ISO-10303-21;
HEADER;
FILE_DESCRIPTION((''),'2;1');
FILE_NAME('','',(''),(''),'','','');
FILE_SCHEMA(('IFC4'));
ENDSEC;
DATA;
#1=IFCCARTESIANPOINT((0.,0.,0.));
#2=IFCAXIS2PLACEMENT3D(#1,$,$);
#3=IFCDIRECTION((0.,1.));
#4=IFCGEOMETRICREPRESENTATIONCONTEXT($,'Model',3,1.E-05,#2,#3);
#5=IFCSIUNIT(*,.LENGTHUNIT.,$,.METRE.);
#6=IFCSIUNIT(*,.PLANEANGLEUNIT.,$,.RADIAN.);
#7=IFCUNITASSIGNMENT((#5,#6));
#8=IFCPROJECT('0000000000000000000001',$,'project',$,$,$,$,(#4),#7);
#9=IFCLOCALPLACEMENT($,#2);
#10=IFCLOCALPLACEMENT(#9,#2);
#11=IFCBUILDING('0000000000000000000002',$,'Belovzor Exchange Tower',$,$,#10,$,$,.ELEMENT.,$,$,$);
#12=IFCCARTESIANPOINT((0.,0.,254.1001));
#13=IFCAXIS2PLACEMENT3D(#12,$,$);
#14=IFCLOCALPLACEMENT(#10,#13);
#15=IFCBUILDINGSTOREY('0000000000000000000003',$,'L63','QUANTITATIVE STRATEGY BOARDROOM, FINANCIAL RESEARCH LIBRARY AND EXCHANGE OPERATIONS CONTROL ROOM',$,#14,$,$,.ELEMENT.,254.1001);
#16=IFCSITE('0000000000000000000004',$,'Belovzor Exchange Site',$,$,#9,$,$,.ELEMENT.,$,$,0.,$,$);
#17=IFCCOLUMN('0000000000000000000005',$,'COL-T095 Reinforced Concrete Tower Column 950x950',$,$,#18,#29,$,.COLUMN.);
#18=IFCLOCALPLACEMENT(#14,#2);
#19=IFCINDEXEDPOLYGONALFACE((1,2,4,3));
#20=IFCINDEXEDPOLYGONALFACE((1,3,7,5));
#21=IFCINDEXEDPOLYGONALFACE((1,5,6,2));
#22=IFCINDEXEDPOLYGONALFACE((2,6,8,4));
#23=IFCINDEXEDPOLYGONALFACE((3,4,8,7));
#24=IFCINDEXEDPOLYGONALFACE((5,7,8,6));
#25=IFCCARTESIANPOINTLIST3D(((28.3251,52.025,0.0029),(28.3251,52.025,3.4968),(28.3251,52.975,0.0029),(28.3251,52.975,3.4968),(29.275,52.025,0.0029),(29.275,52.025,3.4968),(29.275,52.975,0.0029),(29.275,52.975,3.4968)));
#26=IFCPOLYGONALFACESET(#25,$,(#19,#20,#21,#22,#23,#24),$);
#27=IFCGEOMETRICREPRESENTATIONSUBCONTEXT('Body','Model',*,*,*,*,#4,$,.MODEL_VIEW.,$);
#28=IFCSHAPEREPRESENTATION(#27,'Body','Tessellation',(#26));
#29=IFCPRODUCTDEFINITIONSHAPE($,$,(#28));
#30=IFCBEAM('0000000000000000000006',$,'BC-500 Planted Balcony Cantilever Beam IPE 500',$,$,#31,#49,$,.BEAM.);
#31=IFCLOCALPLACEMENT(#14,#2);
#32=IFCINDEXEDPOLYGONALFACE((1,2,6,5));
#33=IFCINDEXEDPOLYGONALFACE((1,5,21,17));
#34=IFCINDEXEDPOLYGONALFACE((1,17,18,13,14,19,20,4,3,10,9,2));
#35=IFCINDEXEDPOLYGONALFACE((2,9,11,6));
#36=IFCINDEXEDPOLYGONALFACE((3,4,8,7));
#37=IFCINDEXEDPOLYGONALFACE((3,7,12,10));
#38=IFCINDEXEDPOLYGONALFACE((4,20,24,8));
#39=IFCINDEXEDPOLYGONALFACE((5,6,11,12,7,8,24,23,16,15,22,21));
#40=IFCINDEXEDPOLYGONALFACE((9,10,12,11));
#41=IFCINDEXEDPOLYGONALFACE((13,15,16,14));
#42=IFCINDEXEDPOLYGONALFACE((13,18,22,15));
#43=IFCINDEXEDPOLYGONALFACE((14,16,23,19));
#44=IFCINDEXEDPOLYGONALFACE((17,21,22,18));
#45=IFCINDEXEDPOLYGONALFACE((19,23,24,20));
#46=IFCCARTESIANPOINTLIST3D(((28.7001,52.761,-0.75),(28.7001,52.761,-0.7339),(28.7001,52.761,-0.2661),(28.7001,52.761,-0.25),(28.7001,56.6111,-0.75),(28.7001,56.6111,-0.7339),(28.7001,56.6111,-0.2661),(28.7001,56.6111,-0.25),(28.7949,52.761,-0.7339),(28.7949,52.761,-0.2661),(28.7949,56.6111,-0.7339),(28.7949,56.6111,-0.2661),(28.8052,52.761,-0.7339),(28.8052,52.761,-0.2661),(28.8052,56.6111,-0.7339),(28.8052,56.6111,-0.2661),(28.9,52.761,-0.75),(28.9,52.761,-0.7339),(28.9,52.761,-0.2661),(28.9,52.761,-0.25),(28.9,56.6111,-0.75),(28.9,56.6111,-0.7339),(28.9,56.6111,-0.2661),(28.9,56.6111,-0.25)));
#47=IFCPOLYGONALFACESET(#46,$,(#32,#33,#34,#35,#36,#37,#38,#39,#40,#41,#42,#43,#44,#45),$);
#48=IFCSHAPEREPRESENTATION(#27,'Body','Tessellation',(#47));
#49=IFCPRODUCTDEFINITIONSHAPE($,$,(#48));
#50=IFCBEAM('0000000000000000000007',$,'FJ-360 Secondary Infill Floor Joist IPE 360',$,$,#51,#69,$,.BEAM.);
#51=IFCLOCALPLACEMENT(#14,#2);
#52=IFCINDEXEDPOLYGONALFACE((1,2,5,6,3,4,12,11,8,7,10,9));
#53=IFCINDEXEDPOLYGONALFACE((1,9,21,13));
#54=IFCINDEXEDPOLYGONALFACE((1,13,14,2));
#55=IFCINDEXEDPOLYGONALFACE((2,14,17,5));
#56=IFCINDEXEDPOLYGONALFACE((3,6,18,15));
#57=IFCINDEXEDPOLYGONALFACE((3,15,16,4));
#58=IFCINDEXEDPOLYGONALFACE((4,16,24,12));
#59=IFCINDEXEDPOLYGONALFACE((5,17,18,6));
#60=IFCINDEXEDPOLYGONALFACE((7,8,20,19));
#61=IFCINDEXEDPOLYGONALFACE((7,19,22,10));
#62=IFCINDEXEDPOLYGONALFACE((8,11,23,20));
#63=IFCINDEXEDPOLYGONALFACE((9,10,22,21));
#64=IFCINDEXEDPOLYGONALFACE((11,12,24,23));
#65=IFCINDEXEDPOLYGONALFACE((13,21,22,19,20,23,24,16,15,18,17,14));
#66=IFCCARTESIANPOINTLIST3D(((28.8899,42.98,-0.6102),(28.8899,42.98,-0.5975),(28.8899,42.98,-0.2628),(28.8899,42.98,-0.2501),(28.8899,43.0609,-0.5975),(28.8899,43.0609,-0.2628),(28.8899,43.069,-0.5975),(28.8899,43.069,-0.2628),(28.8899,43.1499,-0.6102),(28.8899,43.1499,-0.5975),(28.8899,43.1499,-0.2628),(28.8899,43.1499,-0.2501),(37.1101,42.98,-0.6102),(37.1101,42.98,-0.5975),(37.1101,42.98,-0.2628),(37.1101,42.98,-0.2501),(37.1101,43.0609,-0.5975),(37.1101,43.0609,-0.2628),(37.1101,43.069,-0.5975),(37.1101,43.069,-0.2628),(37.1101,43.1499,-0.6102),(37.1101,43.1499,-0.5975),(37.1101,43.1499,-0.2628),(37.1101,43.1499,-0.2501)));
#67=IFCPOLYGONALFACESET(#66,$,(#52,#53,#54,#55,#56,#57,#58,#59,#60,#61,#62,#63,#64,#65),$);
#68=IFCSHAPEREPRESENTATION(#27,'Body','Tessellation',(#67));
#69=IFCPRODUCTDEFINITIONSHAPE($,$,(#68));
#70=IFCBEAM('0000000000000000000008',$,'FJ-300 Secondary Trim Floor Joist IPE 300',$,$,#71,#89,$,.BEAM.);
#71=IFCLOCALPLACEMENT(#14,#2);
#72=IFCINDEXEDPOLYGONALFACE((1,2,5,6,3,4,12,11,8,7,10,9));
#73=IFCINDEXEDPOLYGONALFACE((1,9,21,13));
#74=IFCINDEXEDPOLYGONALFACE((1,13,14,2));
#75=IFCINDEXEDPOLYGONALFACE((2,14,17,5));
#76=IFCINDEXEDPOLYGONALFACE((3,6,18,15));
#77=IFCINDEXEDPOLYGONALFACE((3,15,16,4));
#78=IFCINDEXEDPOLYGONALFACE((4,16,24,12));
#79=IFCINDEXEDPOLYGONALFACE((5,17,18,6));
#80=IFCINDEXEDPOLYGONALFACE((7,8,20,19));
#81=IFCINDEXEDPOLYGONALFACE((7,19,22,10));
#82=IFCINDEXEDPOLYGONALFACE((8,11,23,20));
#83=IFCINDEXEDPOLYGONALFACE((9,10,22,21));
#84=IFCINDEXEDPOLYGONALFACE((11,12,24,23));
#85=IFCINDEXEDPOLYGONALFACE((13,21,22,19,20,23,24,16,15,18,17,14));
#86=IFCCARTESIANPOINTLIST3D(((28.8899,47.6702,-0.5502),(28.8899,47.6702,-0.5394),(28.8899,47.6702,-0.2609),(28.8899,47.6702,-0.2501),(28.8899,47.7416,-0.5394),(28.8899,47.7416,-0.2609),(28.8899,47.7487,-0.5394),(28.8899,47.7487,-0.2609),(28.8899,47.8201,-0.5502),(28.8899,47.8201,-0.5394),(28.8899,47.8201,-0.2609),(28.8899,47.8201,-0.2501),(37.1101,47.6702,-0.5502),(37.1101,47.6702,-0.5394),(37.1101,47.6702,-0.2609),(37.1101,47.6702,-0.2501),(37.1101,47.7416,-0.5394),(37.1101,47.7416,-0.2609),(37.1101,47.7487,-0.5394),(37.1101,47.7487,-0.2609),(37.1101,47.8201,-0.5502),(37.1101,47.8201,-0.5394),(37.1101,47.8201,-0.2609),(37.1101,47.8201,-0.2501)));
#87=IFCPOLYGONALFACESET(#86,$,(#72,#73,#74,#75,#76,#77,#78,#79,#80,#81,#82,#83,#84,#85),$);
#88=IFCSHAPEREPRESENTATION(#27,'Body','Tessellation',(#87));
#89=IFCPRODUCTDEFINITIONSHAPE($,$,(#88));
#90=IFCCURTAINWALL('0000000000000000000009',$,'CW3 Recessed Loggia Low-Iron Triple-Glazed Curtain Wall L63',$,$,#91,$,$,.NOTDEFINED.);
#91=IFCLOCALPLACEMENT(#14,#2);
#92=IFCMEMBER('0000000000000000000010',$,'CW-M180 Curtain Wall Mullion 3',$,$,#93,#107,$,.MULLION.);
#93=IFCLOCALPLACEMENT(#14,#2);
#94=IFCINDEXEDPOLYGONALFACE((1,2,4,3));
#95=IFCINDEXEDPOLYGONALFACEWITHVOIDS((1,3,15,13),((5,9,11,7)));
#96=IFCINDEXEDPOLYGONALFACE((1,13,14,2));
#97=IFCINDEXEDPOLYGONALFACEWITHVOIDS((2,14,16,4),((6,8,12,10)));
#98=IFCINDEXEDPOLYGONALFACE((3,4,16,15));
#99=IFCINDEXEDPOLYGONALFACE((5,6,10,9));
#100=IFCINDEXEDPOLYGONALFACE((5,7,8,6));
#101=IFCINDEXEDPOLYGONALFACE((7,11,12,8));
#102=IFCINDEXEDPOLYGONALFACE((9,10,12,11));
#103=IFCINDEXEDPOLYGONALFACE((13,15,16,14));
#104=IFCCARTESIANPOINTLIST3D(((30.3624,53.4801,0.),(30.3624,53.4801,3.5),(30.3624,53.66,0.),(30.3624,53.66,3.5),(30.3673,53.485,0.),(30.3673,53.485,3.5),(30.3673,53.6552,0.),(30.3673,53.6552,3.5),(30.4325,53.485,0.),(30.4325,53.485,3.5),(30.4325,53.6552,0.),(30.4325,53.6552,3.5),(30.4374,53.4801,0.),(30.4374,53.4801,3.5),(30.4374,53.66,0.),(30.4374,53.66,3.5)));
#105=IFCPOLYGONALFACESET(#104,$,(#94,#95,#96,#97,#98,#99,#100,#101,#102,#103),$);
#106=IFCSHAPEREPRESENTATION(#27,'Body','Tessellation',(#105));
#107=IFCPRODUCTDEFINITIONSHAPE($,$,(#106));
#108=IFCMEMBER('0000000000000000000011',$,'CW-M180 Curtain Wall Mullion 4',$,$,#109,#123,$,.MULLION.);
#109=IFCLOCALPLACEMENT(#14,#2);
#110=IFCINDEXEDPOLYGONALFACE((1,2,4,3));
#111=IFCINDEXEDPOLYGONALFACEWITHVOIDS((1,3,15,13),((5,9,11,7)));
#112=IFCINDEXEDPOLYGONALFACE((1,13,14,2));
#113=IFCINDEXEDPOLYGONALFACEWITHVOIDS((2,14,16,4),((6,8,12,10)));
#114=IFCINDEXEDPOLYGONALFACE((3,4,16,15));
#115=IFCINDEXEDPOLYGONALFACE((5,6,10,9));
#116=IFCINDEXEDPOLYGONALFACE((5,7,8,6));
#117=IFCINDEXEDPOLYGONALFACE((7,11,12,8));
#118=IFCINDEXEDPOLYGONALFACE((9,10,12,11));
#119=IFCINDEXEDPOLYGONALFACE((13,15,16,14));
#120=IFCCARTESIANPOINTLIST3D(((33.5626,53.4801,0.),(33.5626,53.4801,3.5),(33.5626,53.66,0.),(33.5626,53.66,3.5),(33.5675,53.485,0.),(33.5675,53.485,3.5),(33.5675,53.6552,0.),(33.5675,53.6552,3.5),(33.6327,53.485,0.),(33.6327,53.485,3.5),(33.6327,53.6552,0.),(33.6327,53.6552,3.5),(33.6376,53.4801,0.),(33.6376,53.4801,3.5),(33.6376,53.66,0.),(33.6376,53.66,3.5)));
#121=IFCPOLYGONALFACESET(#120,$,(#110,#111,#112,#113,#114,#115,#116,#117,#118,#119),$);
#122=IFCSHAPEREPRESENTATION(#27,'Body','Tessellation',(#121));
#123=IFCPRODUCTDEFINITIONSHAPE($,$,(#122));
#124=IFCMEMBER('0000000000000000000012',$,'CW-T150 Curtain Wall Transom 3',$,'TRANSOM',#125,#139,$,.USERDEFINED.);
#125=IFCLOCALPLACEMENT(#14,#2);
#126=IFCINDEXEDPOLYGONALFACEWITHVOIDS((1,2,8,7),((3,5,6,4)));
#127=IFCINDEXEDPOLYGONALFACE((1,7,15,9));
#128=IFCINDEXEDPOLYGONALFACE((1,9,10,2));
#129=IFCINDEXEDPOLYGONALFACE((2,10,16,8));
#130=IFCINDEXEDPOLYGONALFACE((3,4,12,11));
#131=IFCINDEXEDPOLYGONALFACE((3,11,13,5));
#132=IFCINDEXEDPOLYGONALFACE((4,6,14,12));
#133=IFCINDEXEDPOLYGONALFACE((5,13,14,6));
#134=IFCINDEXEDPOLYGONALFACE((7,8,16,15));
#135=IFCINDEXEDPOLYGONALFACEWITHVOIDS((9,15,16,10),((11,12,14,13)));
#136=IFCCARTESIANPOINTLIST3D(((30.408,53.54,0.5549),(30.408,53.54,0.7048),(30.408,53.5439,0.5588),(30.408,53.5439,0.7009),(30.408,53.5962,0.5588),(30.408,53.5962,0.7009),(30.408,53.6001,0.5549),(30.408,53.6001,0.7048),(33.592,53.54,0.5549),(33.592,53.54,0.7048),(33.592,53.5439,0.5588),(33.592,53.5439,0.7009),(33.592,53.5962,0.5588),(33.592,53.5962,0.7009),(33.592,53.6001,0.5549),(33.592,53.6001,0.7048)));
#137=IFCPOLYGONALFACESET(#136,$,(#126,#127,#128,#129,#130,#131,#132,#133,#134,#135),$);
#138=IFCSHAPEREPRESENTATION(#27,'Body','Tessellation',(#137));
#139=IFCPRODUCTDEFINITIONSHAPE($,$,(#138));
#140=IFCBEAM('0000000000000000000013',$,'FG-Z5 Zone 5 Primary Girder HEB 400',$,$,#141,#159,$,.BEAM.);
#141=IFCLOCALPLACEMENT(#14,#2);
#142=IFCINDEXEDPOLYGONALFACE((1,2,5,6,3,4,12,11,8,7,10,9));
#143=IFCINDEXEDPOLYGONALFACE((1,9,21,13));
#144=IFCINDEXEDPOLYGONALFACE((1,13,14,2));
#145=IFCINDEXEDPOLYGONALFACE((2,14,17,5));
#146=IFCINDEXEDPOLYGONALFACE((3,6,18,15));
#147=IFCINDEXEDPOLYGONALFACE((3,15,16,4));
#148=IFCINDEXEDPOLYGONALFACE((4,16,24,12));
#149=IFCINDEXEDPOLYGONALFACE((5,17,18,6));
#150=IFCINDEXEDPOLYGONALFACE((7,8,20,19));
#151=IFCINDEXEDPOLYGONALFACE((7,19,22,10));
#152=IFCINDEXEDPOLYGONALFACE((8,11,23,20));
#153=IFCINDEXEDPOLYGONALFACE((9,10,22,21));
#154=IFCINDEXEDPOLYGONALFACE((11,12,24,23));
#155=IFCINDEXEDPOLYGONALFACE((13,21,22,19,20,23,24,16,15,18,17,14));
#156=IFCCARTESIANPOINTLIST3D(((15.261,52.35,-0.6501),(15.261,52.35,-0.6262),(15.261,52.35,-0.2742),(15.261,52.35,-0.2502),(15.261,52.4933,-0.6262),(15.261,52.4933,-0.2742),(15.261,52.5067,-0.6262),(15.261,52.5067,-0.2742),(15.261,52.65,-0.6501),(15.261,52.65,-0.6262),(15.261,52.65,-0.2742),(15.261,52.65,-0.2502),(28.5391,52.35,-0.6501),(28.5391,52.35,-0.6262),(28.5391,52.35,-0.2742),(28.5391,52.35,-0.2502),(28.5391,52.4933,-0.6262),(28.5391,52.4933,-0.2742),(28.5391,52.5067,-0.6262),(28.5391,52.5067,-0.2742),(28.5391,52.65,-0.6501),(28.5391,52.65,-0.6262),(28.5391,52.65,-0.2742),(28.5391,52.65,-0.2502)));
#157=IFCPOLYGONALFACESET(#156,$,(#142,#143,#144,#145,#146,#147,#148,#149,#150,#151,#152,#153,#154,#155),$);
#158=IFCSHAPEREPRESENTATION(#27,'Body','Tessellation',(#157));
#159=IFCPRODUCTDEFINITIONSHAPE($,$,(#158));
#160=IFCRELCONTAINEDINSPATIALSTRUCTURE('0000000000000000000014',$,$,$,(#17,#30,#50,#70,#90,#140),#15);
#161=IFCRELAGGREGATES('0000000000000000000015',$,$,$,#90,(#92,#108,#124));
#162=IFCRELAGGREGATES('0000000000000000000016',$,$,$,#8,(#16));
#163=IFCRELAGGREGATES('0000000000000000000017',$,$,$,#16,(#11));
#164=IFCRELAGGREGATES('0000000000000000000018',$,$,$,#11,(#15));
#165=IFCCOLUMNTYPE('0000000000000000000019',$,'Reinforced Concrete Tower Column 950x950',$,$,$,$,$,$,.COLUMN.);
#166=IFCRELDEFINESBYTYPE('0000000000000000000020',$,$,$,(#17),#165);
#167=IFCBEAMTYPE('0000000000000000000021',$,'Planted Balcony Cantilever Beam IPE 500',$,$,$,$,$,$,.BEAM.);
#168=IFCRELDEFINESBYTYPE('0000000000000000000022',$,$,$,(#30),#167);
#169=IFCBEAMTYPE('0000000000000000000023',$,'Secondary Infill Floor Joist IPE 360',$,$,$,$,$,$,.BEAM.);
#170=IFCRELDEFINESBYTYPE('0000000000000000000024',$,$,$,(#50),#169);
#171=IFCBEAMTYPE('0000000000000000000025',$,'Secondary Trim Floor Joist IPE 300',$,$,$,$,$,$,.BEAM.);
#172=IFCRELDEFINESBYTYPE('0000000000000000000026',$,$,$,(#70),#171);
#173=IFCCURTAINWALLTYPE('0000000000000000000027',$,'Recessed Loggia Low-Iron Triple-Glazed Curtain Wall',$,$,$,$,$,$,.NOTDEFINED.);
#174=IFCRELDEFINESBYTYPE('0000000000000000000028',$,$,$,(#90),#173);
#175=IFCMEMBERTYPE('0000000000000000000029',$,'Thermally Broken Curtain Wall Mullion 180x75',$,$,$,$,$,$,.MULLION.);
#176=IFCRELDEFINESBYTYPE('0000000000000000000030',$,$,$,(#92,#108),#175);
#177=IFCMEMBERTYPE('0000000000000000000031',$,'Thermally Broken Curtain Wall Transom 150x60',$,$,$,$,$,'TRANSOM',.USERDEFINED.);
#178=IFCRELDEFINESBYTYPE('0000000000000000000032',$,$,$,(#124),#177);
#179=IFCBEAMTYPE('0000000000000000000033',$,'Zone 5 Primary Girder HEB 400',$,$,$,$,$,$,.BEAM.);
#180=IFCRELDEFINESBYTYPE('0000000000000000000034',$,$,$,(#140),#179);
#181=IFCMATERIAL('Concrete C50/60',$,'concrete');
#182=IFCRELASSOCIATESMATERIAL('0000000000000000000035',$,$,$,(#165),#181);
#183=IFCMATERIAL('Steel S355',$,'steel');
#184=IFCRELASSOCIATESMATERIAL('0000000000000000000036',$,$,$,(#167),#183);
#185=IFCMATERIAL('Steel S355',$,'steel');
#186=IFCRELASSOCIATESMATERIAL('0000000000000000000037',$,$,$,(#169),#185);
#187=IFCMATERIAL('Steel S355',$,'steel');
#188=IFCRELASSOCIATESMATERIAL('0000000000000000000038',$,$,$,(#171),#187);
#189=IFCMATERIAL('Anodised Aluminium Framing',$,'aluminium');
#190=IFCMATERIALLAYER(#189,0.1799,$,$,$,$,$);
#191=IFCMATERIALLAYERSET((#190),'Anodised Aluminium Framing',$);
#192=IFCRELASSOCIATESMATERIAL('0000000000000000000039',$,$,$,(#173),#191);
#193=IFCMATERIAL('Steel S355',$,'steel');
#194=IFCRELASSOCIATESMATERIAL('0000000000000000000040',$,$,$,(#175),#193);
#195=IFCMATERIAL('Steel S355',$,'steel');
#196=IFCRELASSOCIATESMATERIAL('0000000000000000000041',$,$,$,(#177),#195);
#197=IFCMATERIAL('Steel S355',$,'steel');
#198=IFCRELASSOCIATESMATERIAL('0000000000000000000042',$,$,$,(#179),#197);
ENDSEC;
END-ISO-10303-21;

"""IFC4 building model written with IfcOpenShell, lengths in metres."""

from ifc_helpers import new_model, si_unit, direction, frame, origin, origin_2d, place, context, subcontext, project, spatial, rectangle, hollow_rectangle, i_section, extrude, material, layer, layer_set, material_profile, profile_set, type_object, element, aggregate, save


model = new_model("IFC4")

# Units and contexts
model_context = context("Model", 3, precision=1e-05, world=origin(), true_north=direction((0.0, 1.0)))
body_context = subcontext(model_context, "Body", "Model", "MODEL_VIEW")
ifc_project = project(units=[si_unit("LENGTHUNIT", "METRE"), si_unit("PLANEANGLEUNIT", "RADIAN")], contexts=[model_context])

# Site, building, storey
site_placement = place(None, origin())
site = spatial("IfcSite", under=ifc_project, at=site_placement, Name="Belovzor Exchange Site", CompositionType="ELEMENT", RefElevation=0.0)
building_placement = place(site_placement, origin())
building = spatial("IfcBuilding", under=site, at=building_placement, Name="Belovzor Exchange Tower", CompositionType="ELEMENT")
storey_placement = place(building_placement, frame((0.0, 0.0, 254.1001)))
storey = spatial("IfcBuildingStorey", under=building, at=storey_placement, Name="L63", Description="QUANTITATIVE STRATEGY BOARDROOM, FINANCIAL RESEARCH LIBRARY AND EXCHANGE OPERATIONS CONTROL ROOM", CompositionType="ELEMENT", Elevation=254.1001)

# Column
ifc_material_1 = material(Name="Concrete C50/60", Category="concrete")
ifc_material_profile_1 = material_profile(ifc_material_1, rectangle(XDim=0.95, YDim=0.95, at=origin_2d()))
ifc_profile_set_1 = profile_set([ifc_material_profile_1], Name="Concrete C50/60")
column_type = type_object("IfcColumnType", Name="Reinforced Concrete Tower Column 950x950", PredefinedType="COLUMN", material=ifc_profile_set_1)
column_placement = place(storey_placement, frame((28.8, 52.5, 0.0029), z_axis=(0.0, 0.0, 1.0), x_axis=(1.0, 0.0, 0.0)))
element("IfcColumn", 1, at=column_placement, inside=storey, type_object=column_type, Name="COL-T095 Reinforced Concrete Tower Column 950x950", PredefinedType="COLUMN", context=body_context, shape_type="SweptSolid", body=[
    extrude(rectangle(XDim=0.95, YDim=0.95, at=origin_2d()), origin(), (0.0, 0.0, 1.0), 3.4939),
])

# Beams
ifc_material_2 = material(Name="Steel S355", Category="steel")
ifc_material_profile_2 = material_profile(ifc_material_2, i_section(OverallWidth=0.2, OverallDepth=0.5, WebThickness=0.0103, FlangeThickness=0.0161, at=origin_2d()))
ifc_profile_set_2 = profile_set([ifc_material_profile_2], Name="Steel S355")
beam_type_1 = type_object("IfcBeamType", Name="Planted Balcony Cantilever Beam IPE 500", PredefinedType="BEAM", material=ifc_profile_set_2)
beam_1_placement = place(storey_placement, frame((28.8, 52.761, -0.5), z_axis=(0.0, 1.0, 0.0), x_axis=(-1.0, 0.0, 0.0)))
element("IfcBeam", 2, at=beam_1_placement, inside=storey, type_object=beam_type_1, Name="BC-500 Planted Balcony Cantilever Beam IPE 500", PredefinedType="BEAM", context=body_context, shape_type="SweptSolid", body=[
    extrude(i_section(OverallWidth=0.2, OverallDepth=0.5, WebThickness=0.0103, FlangeThickness=0.0161, at=origin_2d()), origin(), (0.0, 0.0, 1.0), 3.8501),
])
ifc_material_3 = material(Name="Steel S355", Category="steel")
ifc_material_profile_3 = material_profile(ifc_material_3, i_section(OverallWidth=0.1699, OverallDepth=0.3601, WebThickness=0.0081, FlangeThickness=0.0127, at=origin_2d()))
ifc_profile_set_3 = profile_set([ifc_material_profile_3], Name="Steel S355")
beam_type_2 = type_object("IfcBeamType", Name="Secondary Infill Floor Joist IPE 360", PredefinedType="BEAM", material=ifc_profile_set_3)
beam_2_placement = place(storey_placement, frame((28.8899, 43.0649, -0.4302), z_axis=(1.0, 0.0, 0.0), x_axis=(0.0, 1.0, 0.0)))
element("IfcBeam", 3, at=beam_2_placement, inside=storey, type_object=beam_type_2, Name="FJ-360 Secondary Infill Floor Joist IPE 360", PredefinedType="BEAM", context=body_context, shape_type="SweptSolid", body=[
    extrude(i_section(OverallWidth=0.1699, OverallDepth=0.3601, WebThickness=0.0081, FlangeThickness=0.0127, at=origin_2d()), origin(), (0.0, 0.0, 1.0), 8.2202),
])
ifc_material_4 = material(Name="Steel S355", Category="steel")
ifc_material_profile_4 = material_profile(ifc_material_4, i_section(OverallWidth=0.1499, OverallDepth=0.3, WebThickness=0.0071, FlangeThickness=0.0107, at=origin_2d()))
ifc_profile_set_4 = profile_set([ifc_material_profile_4], Name="Steel S355")
beam_type_3 = type_object("IfcBeamType", Name="Secondary Trim Floor Joist IPE 300", PredefinedType="BEAM", material=ifc_profile_set_4)
beam_3_placement = place(storey_placement, frame((28.8899, 47.7451, -0.4001), z_axis=(1.0, 0.0, 0.0), x_axis=(0.0, 1.0, 0.0)))
element("IfcBeam", 4, at=beam_3_placement, inside=storey, type_object=beam_type_3, Name="FJ-300 Secondary Trim Floor Joist IPE 300", PredefinedType="BEAM", context=body_context, shape_type="SweptSolid", body=[
    extrude(i_section(OverallWidth=0.1499, OverallDepth=0.3, WebThickness=0.0071, FlangeThickness=0.0107, at=origin_2d()), origin(), (0.0, 0.0, 1.0), 8.2202),
])

# Curtain wall, members
ifc_material_5 = material(Name="Anodised Aluminium Framing", Category="aluminium")
ifc_layer_1 = layer(ifc_material_5, 0.1799)
ifc_layer_set_1 = layer_set([ifc_layer_1], Name="Anodised Aluminium Framing")
curtain_wall_type = type_object("IfcCurtainWallType", Name="Recessed Loggia Low-Iron Triple-Glazed Curtain Wall", PredefinedType="NOTDEFINED", material=ifc_layer_set_1)
curtain_wall_placement = place(storey_placement, origin())
curtain_wall = element("IfcCurtainWall", 5, at=curtain_wall_placement, inside=storey, type_object=curtain_wall_type, Name="CW3 Recessed Loggia Low-Iron Triple-Glazed Curtain Wall L63", PredefinedType="NOTDEFINED")
ifc_material_6 = material(Name="Steel S355", Category="steel")
ifc_material_profile_5 = material_profile(ifc_material_6, hollow_rectangle(XDim=0.075, YDim=0.1799, WallThickness=0.0049, at=origin_2d()))
ifc_profile_set_5 = profile_set([ifc_material_profile_5], Name="Steel S355")
member_type_1 = type_object("IfcMemberType", Name="Thermally Broken Curtain Wall Mullion 180x75", PredefinedType="MULLION", material=ifc_profile_set_5)
member_1_placement = place(storey_placement, frame((30.3999, 53.5701, 0.0), z_axis=(0.0, 0.0, 1.0), x_axis=(1.0, 0.0, 0.0)))
member_1 = element("IfcMember", 6, at=member_1_placement, type_object=member_type_1, Name="CW-M180 Curtain Wall Mullion 3", PredefinedType="MULLION", context=body_context, shape_type="SweptSolid", body=[
    extrude(hollow_rectangle(XDim=0.075, YDim=0.1799, WallThickness=0.0049, at=origin_2d()), origin(), (0.0, 0.0, 1.0), 3.5),
])
member_2_placement = place(storey_placement, frame((33.6001, 53.5701, 0.0), z_axis=(0.0, 0.0, 1.0), x_axis=(1.0, 0.0, 0.0)))
member_2 = element("IfcMember", 7, at=member_2_placement, type_object=member_type_1, Name="CW-M180 Curtain Wall Mullion 4", PredefinedType="MULLION", context=body_context, shape_type="SweptSolid", body=[
    extrude(hollow_rectangle(XDim=0.075, YDim=0.1799, WallThickness=0.0049, at=origin_2d()), origin(), (0.0, 0.0, 1.0), 3.5),
])
ifc_material_7 = material(Name="Steel S355", Category="steel")
ifc_material_profile_6 = material_profile(ifc_material_7, hollow_rectangle(XDim=0.0601, YDim=0.1499, WallThickness=0.0039, at=origin_2d()))
ifc_profile_set_6 = profile_set([ifc_material_profile_6], Name="Steel S355")
member_type_2 = type_object("IfcMemberType", Name="Thermally Broken Curtain Wall Transom 150x60", ElementType="TRANSOM", PredefinedType="USERDEFINED", material=ifc_profile_set_6)
member_3_placement = place(storey_placement, frame((30.408, 53.5701, 0.6299), z_axis=(1.0, 0.0, 0.0), x_axis=(0.0, 1.0, 0.0)))
member_3 = element("IfcMember", 8, at=member_3_placement, type_object=member_type_2, Name="CW-T150 Curtain Wall Transom 3", ObjectType="TRANSOM", PredefinedType="USERDEFINED", context=body_context, shape_type="SweptSolid", body=[
    extrude(hollow_rectangle(XDim=0.0601, YDim=0.1499, WallThickness=0.0039, at=origin_2d()), origin(), (0.0, 0.0, 1.0), 3.1841),
])

# Beam
ifc_material_8 = material(Name="Steel S355", Category="steel")
ifc_material_profile_7 = material_profile(ifc_material_8, i_section(OverallWidth=0.3, OverallDepth=0.3999, WebThickness=0.0134, FlangeThickness=0.0239, at=origin_2d()))
ifc_profile_set_7 = profile_set([ifc_material_profile_7], Name="Steel S355")
beam_type_4 = type_object("IfcBeamType", Name="Zone 5 Primary Girder HEB 400", PredefinedType="BEAM", material=ifc_profile_set_7)
beam_4_placement = place(storey_placement, frame((28.5391, 52.5, -0.4502), z_axis=(-1.0, 0.0, 0.0), x_axis=(0.0, -1.0, 0.0)))
element("IfcBeam", 9, at=beam_4_placement, inside=storey, type_object=beam_type_4, Name="FG-Z5 Zone 5 Primary Girder HEB 400", PredefinedType="BEAM", context=body_context, shape_type="SweptSolid", body=[
    extrude(i_section(OverallWidth=0.3, OverallDepth=0.3999, WebThickness=0.0134, FlangeThickness=0.0239, at=origin_2d()), origin(), (0.0, 0.0, 1.0), 13.2781),
])

aggregate(curtain_wall, [member_1, member_2, member_3])

save(model, "model.ifc")
